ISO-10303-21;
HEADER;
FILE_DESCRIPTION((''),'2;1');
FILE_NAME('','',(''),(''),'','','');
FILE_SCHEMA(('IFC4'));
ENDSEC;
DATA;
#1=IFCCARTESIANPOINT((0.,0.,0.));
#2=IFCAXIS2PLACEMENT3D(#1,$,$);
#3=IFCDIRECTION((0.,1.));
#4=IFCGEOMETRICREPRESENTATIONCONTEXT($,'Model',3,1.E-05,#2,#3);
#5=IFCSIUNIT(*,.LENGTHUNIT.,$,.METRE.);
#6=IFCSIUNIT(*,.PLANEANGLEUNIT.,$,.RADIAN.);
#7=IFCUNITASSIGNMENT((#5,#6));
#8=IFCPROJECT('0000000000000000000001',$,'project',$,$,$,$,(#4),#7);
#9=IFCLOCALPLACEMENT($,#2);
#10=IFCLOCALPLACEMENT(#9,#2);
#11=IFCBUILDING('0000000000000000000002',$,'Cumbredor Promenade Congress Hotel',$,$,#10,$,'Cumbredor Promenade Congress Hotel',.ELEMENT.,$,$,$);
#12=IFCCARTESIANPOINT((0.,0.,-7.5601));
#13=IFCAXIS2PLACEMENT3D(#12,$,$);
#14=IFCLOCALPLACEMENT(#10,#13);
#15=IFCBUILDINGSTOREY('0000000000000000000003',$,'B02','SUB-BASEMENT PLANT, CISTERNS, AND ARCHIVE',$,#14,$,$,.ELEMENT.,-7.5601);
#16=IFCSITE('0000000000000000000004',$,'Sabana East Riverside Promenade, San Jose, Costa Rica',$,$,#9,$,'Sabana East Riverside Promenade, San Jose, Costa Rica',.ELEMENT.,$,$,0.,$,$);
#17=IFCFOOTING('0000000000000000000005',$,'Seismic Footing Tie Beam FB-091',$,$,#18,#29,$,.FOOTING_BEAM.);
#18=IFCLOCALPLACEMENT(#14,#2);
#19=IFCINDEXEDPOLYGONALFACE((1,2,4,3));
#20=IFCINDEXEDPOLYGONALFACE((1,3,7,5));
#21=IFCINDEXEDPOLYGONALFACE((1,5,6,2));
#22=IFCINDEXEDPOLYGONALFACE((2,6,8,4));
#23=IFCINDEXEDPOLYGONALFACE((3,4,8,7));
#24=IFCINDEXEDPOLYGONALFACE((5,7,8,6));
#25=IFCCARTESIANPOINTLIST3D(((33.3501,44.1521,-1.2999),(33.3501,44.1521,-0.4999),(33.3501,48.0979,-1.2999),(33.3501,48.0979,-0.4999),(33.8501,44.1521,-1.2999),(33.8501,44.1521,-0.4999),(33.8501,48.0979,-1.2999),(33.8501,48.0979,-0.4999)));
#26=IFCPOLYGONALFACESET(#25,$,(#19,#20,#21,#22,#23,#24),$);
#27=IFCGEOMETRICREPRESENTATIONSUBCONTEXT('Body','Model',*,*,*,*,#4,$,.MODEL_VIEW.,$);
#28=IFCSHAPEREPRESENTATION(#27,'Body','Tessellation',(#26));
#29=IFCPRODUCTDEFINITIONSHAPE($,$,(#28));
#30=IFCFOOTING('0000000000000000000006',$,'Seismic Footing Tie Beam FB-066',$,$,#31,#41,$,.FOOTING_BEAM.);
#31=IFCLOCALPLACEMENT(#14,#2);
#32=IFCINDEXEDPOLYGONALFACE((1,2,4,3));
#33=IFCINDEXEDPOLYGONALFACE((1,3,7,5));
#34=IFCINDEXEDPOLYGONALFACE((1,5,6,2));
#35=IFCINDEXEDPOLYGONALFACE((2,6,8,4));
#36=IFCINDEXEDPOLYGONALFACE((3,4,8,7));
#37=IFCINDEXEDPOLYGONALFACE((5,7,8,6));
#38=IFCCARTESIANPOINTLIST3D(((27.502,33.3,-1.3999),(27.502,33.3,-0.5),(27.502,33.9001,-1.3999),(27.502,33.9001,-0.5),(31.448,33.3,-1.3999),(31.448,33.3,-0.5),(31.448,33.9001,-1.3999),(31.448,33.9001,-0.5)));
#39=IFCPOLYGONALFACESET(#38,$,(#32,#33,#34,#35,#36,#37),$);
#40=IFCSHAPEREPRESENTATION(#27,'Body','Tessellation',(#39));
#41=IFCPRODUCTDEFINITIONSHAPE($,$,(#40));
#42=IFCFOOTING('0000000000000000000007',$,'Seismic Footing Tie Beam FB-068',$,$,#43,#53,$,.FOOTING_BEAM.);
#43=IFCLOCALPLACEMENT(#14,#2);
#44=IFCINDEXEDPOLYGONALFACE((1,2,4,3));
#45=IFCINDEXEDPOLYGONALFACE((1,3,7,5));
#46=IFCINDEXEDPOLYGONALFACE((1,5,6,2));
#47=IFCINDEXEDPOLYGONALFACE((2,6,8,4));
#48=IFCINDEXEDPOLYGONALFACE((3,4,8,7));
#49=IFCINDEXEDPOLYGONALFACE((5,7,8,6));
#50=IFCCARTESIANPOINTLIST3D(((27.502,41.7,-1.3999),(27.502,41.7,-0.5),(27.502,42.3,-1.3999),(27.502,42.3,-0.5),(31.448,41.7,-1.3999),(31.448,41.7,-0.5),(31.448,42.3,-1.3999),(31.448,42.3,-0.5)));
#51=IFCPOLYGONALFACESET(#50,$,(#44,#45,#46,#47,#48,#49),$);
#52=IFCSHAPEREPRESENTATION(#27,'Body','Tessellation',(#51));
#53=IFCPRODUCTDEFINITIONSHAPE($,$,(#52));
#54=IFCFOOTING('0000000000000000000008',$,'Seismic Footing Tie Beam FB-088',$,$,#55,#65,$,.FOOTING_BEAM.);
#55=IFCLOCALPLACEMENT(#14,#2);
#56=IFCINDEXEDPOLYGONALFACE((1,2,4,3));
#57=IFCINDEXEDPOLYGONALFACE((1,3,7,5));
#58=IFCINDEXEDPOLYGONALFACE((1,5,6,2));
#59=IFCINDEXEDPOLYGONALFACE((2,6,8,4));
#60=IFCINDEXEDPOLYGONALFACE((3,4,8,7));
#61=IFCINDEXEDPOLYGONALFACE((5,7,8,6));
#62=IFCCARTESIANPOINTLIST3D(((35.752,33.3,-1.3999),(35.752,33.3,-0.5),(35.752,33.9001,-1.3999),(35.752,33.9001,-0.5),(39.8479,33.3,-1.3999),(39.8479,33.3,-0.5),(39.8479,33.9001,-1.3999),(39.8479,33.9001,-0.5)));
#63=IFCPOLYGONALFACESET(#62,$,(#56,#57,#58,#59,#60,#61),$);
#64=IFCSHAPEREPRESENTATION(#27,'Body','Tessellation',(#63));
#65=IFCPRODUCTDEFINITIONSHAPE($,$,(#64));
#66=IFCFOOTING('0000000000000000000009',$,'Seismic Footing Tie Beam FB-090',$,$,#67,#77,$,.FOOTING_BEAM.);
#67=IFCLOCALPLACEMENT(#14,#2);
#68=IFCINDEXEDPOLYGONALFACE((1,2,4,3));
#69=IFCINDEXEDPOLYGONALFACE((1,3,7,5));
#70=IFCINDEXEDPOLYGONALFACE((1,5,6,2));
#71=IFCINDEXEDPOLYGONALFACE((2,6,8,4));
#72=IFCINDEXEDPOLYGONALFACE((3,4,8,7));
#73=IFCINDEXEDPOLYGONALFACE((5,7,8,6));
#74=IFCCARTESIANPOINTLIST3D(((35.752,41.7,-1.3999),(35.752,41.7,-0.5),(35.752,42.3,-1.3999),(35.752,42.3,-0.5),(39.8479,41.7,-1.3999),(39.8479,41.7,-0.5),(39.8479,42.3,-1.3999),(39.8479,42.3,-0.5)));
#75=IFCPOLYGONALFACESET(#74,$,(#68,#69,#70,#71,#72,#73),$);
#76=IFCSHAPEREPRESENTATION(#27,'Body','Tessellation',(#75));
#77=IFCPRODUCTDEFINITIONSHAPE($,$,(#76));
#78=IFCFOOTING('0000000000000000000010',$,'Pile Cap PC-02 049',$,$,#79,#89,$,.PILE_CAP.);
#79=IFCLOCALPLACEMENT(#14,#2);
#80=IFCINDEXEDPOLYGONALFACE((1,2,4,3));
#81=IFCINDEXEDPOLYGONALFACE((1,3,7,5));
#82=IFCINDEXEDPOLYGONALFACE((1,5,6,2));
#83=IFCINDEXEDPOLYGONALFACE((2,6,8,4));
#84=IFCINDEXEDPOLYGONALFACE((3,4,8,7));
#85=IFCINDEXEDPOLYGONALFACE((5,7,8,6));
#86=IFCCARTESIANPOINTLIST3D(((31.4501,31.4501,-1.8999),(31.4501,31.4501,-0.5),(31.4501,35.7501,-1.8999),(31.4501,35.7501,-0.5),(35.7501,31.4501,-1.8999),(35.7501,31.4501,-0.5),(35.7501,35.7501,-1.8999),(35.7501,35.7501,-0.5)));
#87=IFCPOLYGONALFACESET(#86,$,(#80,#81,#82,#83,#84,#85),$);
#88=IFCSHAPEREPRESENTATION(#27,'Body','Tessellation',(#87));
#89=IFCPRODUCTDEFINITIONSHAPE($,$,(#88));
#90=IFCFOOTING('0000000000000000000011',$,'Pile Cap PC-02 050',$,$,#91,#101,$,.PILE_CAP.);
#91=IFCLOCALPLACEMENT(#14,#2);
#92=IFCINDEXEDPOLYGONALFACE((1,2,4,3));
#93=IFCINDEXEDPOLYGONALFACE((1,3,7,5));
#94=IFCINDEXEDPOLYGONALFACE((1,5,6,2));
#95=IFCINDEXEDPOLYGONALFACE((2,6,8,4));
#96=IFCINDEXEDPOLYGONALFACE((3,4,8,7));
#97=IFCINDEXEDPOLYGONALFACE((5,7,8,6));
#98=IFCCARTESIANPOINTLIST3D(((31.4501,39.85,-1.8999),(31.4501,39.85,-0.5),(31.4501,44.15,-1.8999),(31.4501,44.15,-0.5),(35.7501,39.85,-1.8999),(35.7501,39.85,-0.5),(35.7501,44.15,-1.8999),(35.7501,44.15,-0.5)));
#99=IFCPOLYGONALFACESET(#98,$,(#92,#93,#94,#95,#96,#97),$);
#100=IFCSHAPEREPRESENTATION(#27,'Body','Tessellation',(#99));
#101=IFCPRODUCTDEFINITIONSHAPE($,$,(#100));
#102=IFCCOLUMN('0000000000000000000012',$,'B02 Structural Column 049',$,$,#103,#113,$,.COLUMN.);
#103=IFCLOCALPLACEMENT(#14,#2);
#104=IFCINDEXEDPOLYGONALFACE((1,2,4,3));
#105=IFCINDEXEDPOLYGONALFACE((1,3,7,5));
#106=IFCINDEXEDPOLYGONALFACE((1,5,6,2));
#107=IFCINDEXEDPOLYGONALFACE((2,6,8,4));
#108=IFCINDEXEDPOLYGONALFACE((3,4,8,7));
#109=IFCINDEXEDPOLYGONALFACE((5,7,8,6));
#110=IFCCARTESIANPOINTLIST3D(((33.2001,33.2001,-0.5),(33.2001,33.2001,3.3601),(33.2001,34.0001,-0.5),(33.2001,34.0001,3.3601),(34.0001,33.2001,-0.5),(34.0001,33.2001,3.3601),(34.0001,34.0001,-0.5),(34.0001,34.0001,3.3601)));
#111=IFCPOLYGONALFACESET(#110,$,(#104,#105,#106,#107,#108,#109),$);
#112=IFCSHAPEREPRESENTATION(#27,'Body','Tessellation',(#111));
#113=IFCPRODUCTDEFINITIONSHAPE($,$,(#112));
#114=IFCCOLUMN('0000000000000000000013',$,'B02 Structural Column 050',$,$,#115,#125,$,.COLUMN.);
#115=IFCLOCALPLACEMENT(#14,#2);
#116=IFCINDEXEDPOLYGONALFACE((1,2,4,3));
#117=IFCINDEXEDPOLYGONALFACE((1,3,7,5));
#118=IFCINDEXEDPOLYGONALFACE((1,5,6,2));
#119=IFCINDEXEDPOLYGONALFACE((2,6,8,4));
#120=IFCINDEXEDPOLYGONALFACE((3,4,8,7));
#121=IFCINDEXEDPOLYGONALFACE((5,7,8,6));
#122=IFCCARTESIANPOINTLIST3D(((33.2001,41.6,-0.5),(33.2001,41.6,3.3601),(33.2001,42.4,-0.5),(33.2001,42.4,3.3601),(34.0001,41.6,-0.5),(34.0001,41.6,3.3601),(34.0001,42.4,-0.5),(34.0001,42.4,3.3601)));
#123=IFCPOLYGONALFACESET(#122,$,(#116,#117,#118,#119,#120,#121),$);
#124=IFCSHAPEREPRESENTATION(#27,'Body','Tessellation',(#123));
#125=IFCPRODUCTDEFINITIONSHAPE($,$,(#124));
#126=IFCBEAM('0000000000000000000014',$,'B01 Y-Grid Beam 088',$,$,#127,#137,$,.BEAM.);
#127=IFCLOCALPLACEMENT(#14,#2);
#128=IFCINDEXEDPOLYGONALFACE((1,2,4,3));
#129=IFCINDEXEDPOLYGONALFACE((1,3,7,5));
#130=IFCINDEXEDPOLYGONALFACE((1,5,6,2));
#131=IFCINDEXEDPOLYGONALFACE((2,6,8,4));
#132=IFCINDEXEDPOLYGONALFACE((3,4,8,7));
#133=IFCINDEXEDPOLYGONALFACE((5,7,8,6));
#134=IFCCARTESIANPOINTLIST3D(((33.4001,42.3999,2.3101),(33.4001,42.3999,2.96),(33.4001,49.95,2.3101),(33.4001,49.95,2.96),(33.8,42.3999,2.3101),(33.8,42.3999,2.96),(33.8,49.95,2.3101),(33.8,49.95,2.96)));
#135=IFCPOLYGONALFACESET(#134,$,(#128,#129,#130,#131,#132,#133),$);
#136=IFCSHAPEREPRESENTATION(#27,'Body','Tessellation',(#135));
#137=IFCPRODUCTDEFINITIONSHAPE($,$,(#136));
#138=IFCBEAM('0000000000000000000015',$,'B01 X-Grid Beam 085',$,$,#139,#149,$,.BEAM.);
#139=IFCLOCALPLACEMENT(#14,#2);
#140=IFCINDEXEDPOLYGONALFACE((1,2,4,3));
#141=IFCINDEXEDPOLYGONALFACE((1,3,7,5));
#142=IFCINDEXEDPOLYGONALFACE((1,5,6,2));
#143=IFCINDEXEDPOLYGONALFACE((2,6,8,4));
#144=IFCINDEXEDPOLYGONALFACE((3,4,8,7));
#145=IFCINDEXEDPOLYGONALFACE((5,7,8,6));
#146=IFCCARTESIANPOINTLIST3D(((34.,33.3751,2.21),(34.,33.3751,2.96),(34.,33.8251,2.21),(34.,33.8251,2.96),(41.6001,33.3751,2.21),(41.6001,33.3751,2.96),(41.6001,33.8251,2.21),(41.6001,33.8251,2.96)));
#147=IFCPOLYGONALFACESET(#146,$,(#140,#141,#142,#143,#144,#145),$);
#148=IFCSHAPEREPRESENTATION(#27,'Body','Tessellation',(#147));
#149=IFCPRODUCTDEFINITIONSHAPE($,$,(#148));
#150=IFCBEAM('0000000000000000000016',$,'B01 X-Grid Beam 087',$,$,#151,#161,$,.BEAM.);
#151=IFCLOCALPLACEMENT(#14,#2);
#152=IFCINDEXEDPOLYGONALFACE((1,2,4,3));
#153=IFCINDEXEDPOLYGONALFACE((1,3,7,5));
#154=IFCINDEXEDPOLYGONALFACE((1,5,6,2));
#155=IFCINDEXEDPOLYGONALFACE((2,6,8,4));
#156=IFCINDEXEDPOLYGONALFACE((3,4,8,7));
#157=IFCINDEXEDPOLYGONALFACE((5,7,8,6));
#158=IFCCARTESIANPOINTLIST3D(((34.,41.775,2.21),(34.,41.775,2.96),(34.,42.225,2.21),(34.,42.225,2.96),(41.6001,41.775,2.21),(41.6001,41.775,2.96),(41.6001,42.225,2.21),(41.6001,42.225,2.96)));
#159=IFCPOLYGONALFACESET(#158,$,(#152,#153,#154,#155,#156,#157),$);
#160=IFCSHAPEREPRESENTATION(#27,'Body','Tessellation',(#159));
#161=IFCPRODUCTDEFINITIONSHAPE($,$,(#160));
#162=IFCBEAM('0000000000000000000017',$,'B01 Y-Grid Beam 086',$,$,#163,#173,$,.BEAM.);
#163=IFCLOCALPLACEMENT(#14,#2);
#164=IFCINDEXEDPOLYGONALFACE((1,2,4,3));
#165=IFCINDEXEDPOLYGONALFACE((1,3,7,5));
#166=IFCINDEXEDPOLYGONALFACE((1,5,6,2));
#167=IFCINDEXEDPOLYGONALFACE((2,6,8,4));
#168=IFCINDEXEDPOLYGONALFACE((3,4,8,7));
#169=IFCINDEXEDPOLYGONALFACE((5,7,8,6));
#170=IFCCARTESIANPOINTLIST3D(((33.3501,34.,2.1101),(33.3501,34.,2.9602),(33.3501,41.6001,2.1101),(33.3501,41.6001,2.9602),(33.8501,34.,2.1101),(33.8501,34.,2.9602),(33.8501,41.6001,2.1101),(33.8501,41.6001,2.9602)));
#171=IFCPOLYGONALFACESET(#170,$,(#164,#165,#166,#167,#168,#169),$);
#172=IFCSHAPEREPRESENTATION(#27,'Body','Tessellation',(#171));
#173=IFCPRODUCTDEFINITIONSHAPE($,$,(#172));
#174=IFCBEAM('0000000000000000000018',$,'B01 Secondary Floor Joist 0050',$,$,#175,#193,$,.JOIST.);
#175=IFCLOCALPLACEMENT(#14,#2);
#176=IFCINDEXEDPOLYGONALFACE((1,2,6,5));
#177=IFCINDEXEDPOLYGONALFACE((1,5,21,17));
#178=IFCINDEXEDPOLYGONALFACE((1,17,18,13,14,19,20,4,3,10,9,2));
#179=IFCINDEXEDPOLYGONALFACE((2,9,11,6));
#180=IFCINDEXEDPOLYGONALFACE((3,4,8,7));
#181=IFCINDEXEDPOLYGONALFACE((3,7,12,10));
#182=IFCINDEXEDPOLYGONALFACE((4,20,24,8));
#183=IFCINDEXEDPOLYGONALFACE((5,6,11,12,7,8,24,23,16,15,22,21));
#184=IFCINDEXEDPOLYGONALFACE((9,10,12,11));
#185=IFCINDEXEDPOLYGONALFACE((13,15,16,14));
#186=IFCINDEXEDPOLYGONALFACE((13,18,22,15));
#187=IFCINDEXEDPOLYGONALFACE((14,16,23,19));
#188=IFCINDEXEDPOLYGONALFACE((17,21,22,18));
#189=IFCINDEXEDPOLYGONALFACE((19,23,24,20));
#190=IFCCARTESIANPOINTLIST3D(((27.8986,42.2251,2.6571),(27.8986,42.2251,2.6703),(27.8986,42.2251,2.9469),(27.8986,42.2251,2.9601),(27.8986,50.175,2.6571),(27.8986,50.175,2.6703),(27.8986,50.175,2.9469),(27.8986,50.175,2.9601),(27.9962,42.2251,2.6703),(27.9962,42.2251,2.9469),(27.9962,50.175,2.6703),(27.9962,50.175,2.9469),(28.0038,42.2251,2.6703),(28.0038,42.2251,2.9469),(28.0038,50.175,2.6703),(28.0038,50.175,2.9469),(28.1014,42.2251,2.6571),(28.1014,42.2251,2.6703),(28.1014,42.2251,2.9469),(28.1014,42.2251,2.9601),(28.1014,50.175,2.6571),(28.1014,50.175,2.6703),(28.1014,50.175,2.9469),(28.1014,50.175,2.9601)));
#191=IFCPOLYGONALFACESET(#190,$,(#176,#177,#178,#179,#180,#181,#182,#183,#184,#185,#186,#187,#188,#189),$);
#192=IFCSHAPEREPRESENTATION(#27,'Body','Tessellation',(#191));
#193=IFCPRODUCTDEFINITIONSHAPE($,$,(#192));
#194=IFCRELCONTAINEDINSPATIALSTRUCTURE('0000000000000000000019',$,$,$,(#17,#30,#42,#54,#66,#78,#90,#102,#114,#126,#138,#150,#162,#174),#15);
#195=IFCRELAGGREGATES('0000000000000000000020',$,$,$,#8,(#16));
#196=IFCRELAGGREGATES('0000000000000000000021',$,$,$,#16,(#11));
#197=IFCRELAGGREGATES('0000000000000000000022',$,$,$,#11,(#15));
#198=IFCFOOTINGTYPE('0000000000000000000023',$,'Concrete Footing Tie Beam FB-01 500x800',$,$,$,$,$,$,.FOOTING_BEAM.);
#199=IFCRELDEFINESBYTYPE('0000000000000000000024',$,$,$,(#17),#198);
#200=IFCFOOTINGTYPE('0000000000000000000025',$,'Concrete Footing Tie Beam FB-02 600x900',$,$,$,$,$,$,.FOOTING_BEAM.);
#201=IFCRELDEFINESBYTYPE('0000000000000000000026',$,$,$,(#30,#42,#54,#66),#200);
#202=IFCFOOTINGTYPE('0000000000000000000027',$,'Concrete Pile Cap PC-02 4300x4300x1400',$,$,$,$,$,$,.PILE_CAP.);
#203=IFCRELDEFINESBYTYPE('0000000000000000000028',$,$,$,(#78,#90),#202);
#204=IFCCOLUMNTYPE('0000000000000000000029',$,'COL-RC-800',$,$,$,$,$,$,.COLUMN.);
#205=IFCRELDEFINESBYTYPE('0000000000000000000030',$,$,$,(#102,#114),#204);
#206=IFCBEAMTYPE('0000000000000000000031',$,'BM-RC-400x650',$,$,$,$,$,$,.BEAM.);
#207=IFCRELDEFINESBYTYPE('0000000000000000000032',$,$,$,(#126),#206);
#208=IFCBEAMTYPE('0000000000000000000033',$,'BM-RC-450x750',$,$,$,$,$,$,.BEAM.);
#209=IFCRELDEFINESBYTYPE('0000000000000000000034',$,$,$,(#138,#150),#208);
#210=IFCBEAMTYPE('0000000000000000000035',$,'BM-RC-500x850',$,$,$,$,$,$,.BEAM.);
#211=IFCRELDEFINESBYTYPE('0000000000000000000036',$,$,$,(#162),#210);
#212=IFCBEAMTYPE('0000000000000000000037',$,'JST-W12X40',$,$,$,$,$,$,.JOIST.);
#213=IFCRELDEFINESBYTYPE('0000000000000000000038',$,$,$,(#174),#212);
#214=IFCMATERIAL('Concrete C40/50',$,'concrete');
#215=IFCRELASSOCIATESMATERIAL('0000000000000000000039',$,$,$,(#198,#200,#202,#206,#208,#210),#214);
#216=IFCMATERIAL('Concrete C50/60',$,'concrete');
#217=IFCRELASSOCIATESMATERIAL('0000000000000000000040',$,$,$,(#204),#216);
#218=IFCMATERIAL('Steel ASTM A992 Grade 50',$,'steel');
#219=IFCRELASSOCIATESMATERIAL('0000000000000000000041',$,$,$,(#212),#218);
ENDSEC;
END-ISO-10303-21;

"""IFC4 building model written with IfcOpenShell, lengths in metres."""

from ifc_helpers import new_model, si_unit, direction, frame, origin, origin_2d, place, context, subcontext, project, spatial, rectangle, i_section, extrude, material, material_profile, profile_set, type_object, element, save


model = new_model("IFC4")

# Units and contexts
model_context = context("Model", 3, precision=1e-05, world=origin(), true_north=direction((0.0, 1.0)))
body_context = subcontext(model_context, "Body", "Model", "MODEL_VIEW")
ifc_project = project(units=[si_unit("LENGTHUNIT", "METRE"), si_unit("PLANEANGLEUNIT", "RADIAN")], contexts=[model_context])

# Site, building, storey
site_placement = place(None, origin())
site = spatial("IfcSite", under=ifc_project, at=site_placement, Name="Sabana East Riverside Promenade, San Jose, Costa Rica", LongName="Sabana East Riverside Promenade, San Jose, Costa Rica", CompositionType="ELEMENT", RefElevation=0.0)
building_placement = place(site_placement, origin())
building = spatial("IfcBuilding", under=site, at=building_placement, Name="Cumbredor Promenade Congress Hotel", LongName="Cumbredor Promenade Congress Hotel", CompositionType="ELEMENT")
storey_placement = place(building_placement, frame((0.0, 0.0, -7.5601)))
storey = spatial("IfcBuildingStorey", under=building, at=storey_placement, Name="B02", Description="SUB-BASEMENT PLANT, CISTERNS, AND ARCHIVE", CompositionType="ELEMENT", Elevation=-7.5601)

# Shared definitions
ifc_material_1 = material(Name="Concrete C40/50", Category="concrete")

# Footings
ifc_material_profile_1 = material_profile(ifc_material_1, rectangle(XDim=0.5, YDim=0.8, at=origin_2d()), Name="FB 500x800")
ifc_profile_set_1 = profile_set([ifc_material_profile_1], Name="Concrete C40/50")
footing_type_1 = type_object("IfcFootingType", Name="Concrete Footing Tie Beam FB-01 500x800", PredefinedType="FOOTING_BEAM", material=ifc_profile_set_1)
footing_1_placement = place(storey_placement, frame((33.6001, 44.1521, -0.8999), z_axis=(0.0, 1.0, 0.0), x_axis=(-1.0, 0.0, 0.0)))
element("IfcFooting", 1, at=footing_1_placement, inside=storey, type_object=footing_type_1, Name="Seismic Footing Tie Beam FB-091", PredefinedType="FOOTING_BEAM", context=body_context, shape_type="SweptSolid", body=[
    extrude(rectangle(XDim=0.5, YDim=0.8, at=origin_2d()), origin(), (0.0, 0.0, 1.0), 3.9458),
])
ifc_material_profile_2 = material_profile(ifc_material_1, rectangle(XDim=0.6001, YDim=0.8999, at=origin_2d()), Name="FB 600x900")
ifc_profile_set_2 = profile_set([ifc_material_profile_2], Name="Concrete C40/50")
footing_type_2 = type_object("IfcFootingType", Name="Concrete Footing Tie Beam FB-02 600x900", PredefinedType="FOOTING_BEAM", material=ifc_profile_set_2)
for number, where, z_axis, x_axis, name in (
    (2, (27.502, 33.6001, -0.95), (1.0, 0.0, 0.0), (0.0, 1.0, 0.0), "Seismic Footing Tie Beam FB-066"),
    (3, (27.502, 42.0, -0.95), (1.0, 0.0, 0.0), (0.0, 1.0, 0.0), "Seismic Footing Tie Beam FB-068"),
):
    element("IfcFooting", number, at=place(storey_placement, frame(where, z_axis=z_axis, x_axis=x_axis)), inside=storey, type_object=footing_type_2, Name=name, PredefinedType="FOOTING_BEAM", context=body_context, shape_type="SweptSolid", body=[
        extrude(rectangle(XDim=0.6001, YDim=0.8999, at=origin_2d()), origin(), (0.0, 0.0, 1.0), 3.946),
    ])
for number, where, z_axis, x_axis, name in (
    (4, (35.752, 33.6001, -0.95), (1.0, 0.0, 0.0), (0.0, 1.0, 0.0), "Seismic Footing Tie Beam FB-088"),
    (5, (35.752, 42.0, -0.95), (1.0, 0.0, 0.0), (0.0, 1.0, 0.0), "Seismic Footing Tie Beam FB-090"),
):
    element("IfcFooting", number, at=place(storey_placement, frame(where, z_axis=z_axis, x_axis=x_axis)), inside=storey, type_object=footing_type_2, Name=name, PredefinedType="FOOTING_BEAM", context=body_context, shape_type="SweptSolid", body=[
        extrude(rectangle(XDim=0.6001, YDim=0.8999, at=origin_2d()), origin(), (0.0, 0.0, 1.0), 4.0959),
    ])
footing_type_3 = type_object("IfcFootingType", Name="Concrete Pile Cap PC-02 4300x4300x1400", PredefinedType="PILE_CAP", material=ifc_material_1)
for number, where, z_axis, x_axis, name in (
    (6, (33.6001, 33.6001, -1.8999), (0.0, 0.0, 1.0), (1.0, 0.0, 0.0), "Pile Cap PC-02 049"),
    (7, (33.6001, 42.0, -1.8999), (0.0, 0.0, 1.0), (1.0, 0.0, 0.0), "Pile Cap PC-02 050"),
):
    element("IfcFooting", number, at=place(storey_placement, frame(where, z_axis=z_axis, x_axis=x_axis)), inside=storey, type_object=footing_type_3, Name=name, PredefinedType="PILE_CAP", context=body_context, shape_type="SweptSolid", body=[
        extrude(rectangle(XDim=4.3, YDim=4.3, at=origin_2d()), origin(), (0.0, 0.0, 1.0), 1.3999),
    ])

# Columns
ifc_material_2 = material(Name="Concrete C50/60", Category="concrete")
ifc_material_profile_3 = material_profile(ifc_material_2, rectangle(XDim=0.8, YDim=0.8, at=origin_2d()), Name="RC 800x800")
ifc_profile_set_3 = profile_set([ifc_material_profile_3], Name="Concrete C50/60")
column_type = type_object("IfcColumnType", Name="COL-RC-800", PredefinedType="COLUMN", material=ifc_profile_set_3)
for number, where, z_axis, x_axis, name in (
    (8, (33.6001, 33.6001, -0.5), (0.0, 0.0, 1.0), (1.0, 0.0, 0.0), "B02 Structural Column 049"),
    (9, (33.6001, 42.0, -0.5), (0.0, 0.0, 1.0), (1.0, 0.0, 0.0), "B02 Structural Column 050"),
):
    element("IfcColumn", number, at=place(storey_placement, frame(where, z_axis=z_axis, x_axis=x_axis)), inside=storey, type_object=column_type, Name=name, PredefinedType="COLUMN", context=body_context, shape_type="SweptSolid", body=[
        extrude(rectangle(XDim=0.8, YDim=0.8, at=origin_2d()), origin(), (0.0, 0.0, 1.0), 3.8601),
    ])

# Beams
ifc_material_profile_4 = material_profile(ifc_material_1, rectangle(XDim=0.3999, YDim=0.6499, at=origin_2d()), Name="RC BEAM 400x650")
ifc_profile_set_4 = profile_set([ifc_material_profile_4], Name="Concrete C40/50")
beam_type_1 = type_object("IfcBeamType", Name="BM-RC-400x650", PredefinedType="BEAM", material=ifc_profile_set_4)
beam_1_placement = place(storey_placement, frame((33.6001, 42.3999, 2.635), z_axis=(0.0, 1.0, 0.0), x_axis=(-1.0, 0.0, 0.0)))
element("IfcBeam", 10, at=beam_1_placement, inside=storey, type_object=beam_type_1, Name="B01 Y-Grid Beam 088", PredefinedType="BEAM", context=body_context, shape_type="SweptSolid", body=[
    extrude(rectangle(XDim=0.3999, YDim=0.6499, at=origin_2d()), origin(), (0.0, 0.0, 1.0), 7.55),
])
ifc_material_profile_5 = material_profile(ifc_material_1, rectangle(XDim=0.45, YDim=0.75, at=origin_2d()), Name="RC BEAM 450x750")
ifc_profile_set_5 = profile_set([ifc_material_profile_5], Name="Concrete C40/50")
beam_type_2 = type_object("IfcBeamType", Name="BM-RC-450x750", PredefinedType="BEAM", material=ifc_profile_set_5)
for number, where, z_axis, x_axis, name in (
    (11, (34.0, 33.6001, 2.585), (1.0, 0.0, 0.0), (0.0, 1.0, 0.0), "B01 X-Grid Beam 085"),
    (12, (34.0, 42.0, 2.585), (1.0, 0.0, 0.0), (0.0, 1.0, 0.0), "B01 X-Grid Beam 087"),
):
    element("IfcBeam", number, at=place(storey_placement, frame(where, z_axis=z_axis, x_axis=x_axis)), inside=storey, type_object=beam_type_2, Name=name, PredefinedType="BEAM", context=body_context, shape_type="SweptSolid", body=[
        extrude(rectangle(XDim=0.45, YDim=0.75, at=origin_2d()), origin(), (0.0, 0.0, 1.0), 7.6001),
    ])
ifc_material_profile_6 = material_profile(ifc_material_1, rectangle(XDim=0.5, YDim=0.8501, at=origin_2d()), Name="RC BEAM 500x850")
ifc_profile_set_6 = profile_set([ifc_material_profile_6], Name="Concrete C40/50")
beam_type_3 = type_object("IfcBeamType", Name="BM-RC-500x850", PredefinedType="BEAM", material=ifc_profile_set_6)
beam_2_placement = place(storey_placement, frame((33.6001, 34.0, 2.5352), z_axis=(0.0, 1.0, 0.0), x_axis=(-1.0, 0.0, 0.0)))
element("IfcBeam", 13, at=beam_2_placement, inside=storey, type_object=beam_type_3, Name="B01 Y-Grid Beam 086", PredefinedType="BEAM", context=body_context, shape_type="SweptSolid", body=[
    extrude(rectangle(XDim=0.5, YDim=0.8501, at=origin_2d()), origin(), (0.0, 0.0, 1.0), 7.6001),
])
ifc_material_3 = material(Name="Steel ASTM A992 Grade 50", Category="steel")
ifc_material_profile_7 = material_profile(ifc_material_3, i_section(OverallWidth=0.2029, OverallDepth=0.303, WebThickness=0.0076, FlangeThickness=0.0132, at=origin_2d()), Name="W12X40")
ifc_profile_set_7 = profile_set([ifc_material_profile_7], Name="Steel ASTM A992 Grade 50")
beam_type_4 = type_object("IfcBeamType", Name="JST-W12X40", PredefinedType="JOIST", material=ifc_profile_set_7)
for number, where, z_axis, x_axis, name in (
    (14, (28.0, 42.2251, 2.8086), (0.0, 1.0, 0.0), (-1.0, 0.0, 0.0), "B01 Secondary Floor Joist 0050"),
):
    element("IfcBeam", number, at=place(storey_placement, frame(where, z_axis=z_axis, x_axis=x_axis)), inside=storey, type_object=beam_type_4, Name=name, PredefinedType="JOIST", context=body_context, shape_type="SweptSolid", body=[
        extrude(i_section(OverallWidth=0.2029, OverallDepth=0.303, WebThickness=0.0076, FlangeThickness=0.0132, at=origin_2d()), origin(), (0.0, 0.0, 1.0), 7.95),
    ])

save(model, "model.ifc")
